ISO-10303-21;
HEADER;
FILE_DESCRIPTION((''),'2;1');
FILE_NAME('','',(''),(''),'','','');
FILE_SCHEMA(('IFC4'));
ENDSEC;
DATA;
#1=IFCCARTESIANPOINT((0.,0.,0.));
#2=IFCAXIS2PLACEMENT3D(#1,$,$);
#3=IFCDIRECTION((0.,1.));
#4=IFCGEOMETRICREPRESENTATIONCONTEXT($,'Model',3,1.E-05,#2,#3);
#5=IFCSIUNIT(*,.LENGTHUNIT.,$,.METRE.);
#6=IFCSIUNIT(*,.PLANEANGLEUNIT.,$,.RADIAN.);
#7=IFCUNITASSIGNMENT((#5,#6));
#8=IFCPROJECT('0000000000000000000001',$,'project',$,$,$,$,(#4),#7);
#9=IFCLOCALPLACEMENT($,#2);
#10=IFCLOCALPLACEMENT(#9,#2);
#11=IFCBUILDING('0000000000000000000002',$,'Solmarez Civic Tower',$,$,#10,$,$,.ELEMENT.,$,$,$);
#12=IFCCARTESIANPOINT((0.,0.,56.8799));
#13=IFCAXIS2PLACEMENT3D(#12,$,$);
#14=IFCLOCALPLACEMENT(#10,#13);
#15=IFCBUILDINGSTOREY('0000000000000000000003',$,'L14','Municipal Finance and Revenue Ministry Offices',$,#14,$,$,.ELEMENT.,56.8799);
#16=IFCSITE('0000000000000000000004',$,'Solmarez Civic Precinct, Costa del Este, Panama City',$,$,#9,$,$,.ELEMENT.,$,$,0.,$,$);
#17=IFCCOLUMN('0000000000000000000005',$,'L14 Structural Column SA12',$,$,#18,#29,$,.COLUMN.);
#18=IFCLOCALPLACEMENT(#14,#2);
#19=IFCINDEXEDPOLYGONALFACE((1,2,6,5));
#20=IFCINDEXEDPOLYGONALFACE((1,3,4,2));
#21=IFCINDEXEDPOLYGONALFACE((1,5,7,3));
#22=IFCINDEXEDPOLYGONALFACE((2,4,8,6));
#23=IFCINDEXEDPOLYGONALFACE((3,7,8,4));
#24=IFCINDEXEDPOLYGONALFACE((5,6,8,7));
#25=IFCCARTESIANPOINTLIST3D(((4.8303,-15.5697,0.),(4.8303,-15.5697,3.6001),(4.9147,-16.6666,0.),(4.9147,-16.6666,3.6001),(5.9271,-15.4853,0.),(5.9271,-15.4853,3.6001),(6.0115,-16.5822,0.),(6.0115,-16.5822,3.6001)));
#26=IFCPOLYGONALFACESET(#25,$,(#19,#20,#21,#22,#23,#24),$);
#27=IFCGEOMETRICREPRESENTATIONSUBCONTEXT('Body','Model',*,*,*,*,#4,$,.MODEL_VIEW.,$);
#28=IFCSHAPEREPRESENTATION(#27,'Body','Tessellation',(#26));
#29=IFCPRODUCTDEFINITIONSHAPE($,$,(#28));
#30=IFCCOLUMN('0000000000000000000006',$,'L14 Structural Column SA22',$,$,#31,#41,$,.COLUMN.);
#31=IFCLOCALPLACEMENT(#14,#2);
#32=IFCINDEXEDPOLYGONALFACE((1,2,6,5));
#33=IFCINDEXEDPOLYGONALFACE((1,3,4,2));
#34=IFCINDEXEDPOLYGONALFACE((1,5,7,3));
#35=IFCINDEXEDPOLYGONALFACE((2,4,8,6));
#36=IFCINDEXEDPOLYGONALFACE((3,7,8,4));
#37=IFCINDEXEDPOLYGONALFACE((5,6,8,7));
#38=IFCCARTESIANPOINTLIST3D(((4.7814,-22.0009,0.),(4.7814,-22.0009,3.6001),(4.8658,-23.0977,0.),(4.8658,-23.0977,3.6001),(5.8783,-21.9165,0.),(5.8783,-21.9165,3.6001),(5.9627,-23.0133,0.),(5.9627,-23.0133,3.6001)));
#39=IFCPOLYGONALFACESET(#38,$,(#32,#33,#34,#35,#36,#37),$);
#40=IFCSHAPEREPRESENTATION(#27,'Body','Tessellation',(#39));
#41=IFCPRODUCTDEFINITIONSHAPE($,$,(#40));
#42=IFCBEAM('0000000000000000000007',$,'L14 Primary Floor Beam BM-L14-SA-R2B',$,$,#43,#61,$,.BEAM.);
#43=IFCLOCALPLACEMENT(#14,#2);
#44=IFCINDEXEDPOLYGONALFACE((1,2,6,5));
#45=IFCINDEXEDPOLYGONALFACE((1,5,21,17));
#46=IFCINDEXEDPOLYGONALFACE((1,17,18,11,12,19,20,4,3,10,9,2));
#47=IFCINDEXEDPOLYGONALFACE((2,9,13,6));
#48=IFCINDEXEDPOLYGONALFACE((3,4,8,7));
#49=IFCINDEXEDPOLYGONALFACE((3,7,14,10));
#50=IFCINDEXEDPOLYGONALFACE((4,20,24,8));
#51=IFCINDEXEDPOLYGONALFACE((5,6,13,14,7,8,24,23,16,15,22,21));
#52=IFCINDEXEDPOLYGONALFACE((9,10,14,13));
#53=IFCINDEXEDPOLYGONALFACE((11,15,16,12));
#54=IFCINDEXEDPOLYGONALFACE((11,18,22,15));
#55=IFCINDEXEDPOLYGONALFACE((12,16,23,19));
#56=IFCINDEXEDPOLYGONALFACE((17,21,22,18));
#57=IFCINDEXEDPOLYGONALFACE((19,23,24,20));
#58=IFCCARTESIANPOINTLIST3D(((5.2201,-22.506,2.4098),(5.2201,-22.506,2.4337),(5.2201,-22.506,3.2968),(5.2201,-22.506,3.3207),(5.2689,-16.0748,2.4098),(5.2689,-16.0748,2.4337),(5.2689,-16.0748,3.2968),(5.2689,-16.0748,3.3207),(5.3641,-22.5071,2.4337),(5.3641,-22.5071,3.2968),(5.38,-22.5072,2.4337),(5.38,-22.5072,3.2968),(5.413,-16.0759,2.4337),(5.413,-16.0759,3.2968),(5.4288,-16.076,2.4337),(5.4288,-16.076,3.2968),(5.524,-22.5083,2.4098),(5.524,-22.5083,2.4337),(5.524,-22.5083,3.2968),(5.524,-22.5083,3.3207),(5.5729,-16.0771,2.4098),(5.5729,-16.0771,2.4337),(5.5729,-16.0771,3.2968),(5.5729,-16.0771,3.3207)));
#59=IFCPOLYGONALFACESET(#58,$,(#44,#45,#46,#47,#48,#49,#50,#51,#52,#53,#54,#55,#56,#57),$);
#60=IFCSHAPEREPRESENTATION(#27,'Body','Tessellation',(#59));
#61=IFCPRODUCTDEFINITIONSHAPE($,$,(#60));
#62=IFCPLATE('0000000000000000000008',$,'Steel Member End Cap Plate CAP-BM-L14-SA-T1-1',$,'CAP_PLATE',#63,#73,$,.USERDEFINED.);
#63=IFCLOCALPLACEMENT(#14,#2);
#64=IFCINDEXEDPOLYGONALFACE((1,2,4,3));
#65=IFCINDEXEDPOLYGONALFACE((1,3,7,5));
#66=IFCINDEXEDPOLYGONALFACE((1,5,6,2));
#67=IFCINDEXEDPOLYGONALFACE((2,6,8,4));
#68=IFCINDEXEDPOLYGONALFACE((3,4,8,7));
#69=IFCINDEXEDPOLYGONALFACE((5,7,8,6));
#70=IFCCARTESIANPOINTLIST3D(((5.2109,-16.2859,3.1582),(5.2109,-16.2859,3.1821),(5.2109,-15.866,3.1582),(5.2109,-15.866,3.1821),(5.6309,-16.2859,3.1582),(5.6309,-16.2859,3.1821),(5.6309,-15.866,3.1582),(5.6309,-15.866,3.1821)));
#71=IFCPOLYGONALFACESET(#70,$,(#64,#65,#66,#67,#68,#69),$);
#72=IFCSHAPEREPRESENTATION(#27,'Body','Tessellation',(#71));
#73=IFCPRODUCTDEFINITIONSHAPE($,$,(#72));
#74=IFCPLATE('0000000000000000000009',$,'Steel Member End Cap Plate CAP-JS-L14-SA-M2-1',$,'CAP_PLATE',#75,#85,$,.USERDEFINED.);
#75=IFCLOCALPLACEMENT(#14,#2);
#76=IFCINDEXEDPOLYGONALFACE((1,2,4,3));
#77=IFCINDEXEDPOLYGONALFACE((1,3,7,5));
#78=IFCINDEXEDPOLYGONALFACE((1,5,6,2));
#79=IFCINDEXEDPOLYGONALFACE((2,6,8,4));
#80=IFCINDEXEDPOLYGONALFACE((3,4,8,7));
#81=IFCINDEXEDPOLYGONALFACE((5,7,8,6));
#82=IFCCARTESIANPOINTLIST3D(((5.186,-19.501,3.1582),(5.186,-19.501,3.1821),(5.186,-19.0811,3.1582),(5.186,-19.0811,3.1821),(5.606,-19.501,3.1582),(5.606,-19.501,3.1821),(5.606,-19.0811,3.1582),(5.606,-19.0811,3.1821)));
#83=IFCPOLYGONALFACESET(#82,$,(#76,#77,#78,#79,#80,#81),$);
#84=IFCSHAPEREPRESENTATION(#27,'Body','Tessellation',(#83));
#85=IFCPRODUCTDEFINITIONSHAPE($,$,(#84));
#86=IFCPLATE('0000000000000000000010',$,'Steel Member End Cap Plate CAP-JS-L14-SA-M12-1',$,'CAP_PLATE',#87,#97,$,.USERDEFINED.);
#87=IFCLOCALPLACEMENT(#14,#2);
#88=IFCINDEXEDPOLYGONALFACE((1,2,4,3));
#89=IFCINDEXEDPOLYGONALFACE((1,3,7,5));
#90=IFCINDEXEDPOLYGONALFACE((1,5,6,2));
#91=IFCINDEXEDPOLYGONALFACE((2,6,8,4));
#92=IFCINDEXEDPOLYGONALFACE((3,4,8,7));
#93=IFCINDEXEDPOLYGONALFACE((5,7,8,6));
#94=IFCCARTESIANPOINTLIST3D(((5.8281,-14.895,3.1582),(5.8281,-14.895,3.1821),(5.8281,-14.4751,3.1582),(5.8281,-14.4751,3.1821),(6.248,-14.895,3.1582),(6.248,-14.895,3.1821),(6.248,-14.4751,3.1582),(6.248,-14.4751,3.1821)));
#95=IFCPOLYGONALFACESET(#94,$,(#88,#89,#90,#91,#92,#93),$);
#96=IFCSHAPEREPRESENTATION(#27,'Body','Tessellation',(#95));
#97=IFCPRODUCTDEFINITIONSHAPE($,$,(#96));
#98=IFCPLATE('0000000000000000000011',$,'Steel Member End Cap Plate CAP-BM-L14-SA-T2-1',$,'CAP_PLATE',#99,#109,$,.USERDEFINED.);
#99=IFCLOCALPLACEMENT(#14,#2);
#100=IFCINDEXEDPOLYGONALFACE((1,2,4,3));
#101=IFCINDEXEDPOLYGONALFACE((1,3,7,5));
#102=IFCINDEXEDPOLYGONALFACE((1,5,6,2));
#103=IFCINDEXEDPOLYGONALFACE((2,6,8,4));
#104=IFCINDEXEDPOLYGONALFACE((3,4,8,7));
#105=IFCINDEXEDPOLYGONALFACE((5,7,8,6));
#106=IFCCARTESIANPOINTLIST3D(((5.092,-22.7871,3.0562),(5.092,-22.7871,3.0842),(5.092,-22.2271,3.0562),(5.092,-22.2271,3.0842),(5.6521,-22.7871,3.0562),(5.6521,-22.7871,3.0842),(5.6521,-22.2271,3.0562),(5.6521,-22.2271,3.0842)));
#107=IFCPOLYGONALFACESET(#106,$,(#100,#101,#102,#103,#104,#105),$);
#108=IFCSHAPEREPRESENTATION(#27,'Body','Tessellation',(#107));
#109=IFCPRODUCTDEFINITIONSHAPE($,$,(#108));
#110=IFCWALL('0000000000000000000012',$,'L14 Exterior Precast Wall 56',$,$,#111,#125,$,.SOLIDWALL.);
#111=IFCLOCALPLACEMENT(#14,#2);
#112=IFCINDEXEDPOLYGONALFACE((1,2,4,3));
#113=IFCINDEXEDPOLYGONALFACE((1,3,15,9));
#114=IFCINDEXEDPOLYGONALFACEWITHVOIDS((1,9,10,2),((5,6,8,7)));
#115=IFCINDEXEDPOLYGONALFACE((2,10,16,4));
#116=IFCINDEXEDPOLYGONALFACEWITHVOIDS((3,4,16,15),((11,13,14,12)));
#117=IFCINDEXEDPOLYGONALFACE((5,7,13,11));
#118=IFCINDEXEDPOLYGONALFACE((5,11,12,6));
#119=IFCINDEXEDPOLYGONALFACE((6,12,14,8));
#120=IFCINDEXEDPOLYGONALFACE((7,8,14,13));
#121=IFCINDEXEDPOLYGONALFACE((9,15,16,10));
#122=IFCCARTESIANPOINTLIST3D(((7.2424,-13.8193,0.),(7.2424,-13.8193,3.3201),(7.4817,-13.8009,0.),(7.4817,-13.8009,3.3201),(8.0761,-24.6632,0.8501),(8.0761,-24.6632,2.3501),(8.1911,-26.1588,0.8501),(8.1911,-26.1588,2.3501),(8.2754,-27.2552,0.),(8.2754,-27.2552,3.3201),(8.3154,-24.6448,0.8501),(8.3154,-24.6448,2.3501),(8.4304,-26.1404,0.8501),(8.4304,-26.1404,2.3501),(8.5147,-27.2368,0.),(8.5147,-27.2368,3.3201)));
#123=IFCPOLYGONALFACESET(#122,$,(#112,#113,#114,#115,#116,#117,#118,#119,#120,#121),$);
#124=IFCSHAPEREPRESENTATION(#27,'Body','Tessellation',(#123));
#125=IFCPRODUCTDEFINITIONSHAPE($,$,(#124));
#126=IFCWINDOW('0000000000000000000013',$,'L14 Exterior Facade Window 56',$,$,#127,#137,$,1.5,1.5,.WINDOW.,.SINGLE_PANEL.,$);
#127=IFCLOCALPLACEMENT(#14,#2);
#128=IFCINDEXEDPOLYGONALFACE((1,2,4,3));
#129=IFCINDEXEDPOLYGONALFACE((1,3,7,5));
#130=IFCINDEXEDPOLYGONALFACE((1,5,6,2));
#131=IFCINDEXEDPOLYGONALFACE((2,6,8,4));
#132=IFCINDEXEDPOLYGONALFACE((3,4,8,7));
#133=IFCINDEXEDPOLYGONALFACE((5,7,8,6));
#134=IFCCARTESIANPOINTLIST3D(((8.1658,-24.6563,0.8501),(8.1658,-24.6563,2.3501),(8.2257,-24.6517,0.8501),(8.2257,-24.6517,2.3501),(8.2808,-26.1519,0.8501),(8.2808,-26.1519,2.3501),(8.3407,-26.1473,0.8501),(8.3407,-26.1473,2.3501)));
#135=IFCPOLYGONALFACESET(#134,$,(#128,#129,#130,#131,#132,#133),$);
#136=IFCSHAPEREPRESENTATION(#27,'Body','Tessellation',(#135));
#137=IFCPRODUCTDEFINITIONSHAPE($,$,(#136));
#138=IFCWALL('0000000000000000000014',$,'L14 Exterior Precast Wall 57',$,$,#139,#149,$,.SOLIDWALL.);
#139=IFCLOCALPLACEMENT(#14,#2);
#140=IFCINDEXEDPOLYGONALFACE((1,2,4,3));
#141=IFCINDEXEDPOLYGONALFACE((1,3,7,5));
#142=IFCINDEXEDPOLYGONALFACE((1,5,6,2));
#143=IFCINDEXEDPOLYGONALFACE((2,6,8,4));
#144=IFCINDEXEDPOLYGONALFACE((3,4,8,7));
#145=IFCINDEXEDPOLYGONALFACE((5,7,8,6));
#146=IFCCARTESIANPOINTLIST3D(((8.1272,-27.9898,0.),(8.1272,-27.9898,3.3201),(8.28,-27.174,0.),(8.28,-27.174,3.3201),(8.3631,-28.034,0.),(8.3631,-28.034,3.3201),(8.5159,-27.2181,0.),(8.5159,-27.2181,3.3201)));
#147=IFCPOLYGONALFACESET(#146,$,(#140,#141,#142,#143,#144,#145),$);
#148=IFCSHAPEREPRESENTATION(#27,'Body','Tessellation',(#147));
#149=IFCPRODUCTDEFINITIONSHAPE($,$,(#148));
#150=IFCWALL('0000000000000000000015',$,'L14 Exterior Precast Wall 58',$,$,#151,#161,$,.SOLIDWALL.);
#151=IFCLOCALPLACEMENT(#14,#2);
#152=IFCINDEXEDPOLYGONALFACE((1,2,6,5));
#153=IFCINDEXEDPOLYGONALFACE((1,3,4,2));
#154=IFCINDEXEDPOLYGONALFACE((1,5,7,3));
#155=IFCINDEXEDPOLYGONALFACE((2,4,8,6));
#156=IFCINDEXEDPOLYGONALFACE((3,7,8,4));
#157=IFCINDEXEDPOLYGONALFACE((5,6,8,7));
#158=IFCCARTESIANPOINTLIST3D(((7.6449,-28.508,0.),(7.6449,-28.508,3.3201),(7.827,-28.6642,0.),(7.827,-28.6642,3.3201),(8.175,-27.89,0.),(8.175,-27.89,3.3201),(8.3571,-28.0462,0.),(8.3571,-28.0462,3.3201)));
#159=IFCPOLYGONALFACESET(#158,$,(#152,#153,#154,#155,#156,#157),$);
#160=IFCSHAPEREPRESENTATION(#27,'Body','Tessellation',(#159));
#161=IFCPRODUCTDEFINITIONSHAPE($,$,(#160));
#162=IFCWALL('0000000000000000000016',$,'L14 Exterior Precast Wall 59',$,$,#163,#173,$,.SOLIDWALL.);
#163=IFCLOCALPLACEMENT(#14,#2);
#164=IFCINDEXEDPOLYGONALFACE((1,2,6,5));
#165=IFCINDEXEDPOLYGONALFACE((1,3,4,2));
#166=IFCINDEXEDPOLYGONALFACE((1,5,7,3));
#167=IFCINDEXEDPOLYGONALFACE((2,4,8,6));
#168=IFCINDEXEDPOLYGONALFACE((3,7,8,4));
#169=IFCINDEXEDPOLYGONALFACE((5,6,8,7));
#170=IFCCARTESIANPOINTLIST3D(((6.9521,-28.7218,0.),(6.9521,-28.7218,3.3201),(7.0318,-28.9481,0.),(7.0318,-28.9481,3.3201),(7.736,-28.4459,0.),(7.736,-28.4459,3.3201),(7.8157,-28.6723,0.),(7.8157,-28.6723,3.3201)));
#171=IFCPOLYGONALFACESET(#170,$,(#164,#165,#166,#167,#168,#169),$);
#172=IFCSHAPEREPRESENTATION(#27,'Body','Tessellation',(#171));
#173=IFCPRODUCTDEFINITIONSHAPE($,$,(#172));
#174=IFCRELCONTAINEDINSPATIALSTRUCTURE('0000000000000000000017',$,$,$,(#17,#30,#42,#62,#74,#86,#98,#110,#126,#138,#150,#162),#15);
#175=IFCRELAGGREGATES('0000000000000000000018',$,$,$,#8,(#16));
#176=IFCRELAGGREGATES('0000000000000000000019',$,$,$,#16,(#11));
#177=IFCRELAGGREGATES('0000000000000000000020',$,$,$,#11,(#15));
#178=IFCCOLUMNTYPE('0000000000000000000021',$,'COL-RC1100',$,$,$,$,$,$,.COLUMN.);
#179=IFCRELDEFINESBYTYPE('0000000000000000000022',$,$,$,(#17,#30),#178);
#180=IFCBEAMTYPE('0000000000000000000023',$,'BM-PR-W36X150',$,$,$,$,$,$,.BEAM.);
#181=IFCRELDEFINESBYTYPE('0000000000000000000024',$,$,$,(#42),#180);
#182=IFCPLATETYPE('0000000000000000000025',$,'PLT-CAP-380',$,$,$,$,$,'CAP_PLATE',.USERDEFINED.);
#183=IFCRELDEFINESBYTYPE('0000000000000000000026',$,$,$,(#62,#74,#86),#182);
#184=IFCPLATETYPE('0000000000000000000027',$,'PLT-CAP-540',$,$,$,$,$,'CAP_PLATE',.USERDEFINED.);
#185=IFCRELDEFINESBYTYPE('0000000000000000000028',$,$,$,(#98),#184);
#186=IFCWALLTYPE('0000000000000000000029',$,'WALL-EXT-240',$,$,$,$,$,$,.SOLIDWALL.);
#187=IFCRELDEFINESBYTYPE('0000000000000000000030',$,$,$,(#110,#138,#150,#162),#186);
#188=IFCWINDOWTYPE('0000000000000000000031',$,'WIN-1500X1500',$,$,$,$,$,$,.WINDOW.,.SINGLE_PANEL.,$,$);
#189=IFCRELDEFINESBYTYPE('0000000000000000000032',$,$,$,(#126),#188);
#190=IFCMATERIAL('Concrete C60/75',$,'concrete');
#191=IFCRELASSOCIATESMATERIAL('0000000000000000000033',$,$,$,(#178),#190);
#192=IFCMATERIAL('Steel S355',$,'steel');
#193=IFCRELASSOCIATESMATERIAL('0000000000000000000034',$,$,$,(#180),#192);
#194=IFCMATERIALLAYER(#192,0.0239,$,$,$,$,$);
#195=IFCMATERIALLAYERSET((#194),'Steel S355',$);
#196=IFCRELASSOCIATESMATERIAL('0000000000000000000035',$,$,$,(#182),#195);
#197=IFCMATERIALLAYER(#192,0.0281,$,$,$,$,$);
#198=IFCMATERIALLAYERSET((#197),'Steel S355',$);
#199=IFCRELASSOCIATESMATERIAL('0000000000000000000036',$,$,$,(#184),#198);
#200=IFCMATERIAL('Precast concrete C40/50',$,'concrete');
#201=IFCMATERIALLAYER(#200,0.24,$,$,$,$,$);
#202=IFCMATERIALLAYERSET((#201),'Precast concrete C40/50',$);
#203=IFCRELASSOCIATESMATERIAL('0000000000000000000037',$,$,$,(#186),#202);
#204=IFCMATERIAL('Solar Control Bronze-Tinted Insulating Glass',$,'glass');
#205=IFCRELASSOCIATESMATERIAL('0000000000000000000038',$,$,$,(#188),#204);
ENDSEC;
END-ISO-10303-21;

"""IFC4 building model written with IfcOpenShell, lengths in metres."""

from ifc_helpers import new_model, si_unit, direction, frame, frame_2d, origin, origin_2d, place, context, subcontext, project, spatial, rectangle, i_section, extrude, material, layer, layer_set, material_profile, profile_set, type_object, element, fill, save


model = new_model("IFC4")

# Units and contexts
model_context = context("Model", 3, precision=1e-05, world=origin(), true_north=direction((0.0, 1.0)))
body_context = subcontext(model_context, "Body", "Model", "MODEL_VIEW")
ifc_project = project(units=[si_unit("LENGTHUNIT", "METRE"), si_unit("PLANEANGLEUNIT", "RADIAN")], contexts=[model_context])

# Site, building, storey
site_placement = place(None, origin())
site = spatial("IfcSite", under=ifc_project, at=site_placement, Name="Solmarez Civic Precinct, Costa del Este, Panama City", CompositionType="ELEMENT", RefElevation=0.0)
building_placement = place(site_placement, origin())
building = spatial("IfcBuilding", under=site, at=building_placement, Name="Solmarez Civic Tower", CompositionType="ELEMENT")
storey_placement = place(building_placement, frame((0.0, 0.0, 56.8799)))
storey = spatial("IfcBuildingStorey", under=building, at=storey_placement, Name="L14", Description="Municipal Finance and Revenue Ministry Offices", CompositionType="ELEMENT", Elevation=56.8799)

# Columns
ifc_material_1 = material(Name="Concrete C60/75", Category="concrete")
ifc_material_profile_1 = material_profile(ifc_material_1, rectangle(XDim=1.1001, YDim=1.1001, at=origin_2d()), Name="RC1100X1100")
ifc_profile_set_1 = profile_set([ifc_material_profile_1], Name="Concrete C60/75")
column_type = type_object("IfcColumnType", Name="COL-RC1100", PredefinedType="COLUMN", material=ifc_profile_set_1)
for number, where, z_axis, x_axis, name in (
    (1, (5.4209, -16.0759, 0.0), (0.0, 0.0, 1.0), (0.997053, 0.076719, 0.0), "L14 Structural Column SA12"),
    (2, (5.3721, -22.5071, 0.0), (0.0, 0.0, 1.0), (0.997053, 0.076719, 0.0), "L14 Structural Column SA22"),
):
    element("IfcColumn", number, at=place(storey_placement, frame(where, z_axis=z_axis, x_axis=x_axis)), inside=storey, type_object=column_type, Name=name, PredefinedType="COLUMN", context=body_context, shape_type="SweptSolid", body=[
        extrude(rectangle(XDim=1.1001, YDim=1.1001, at=origin_2d()), origin(), (0.0, 0.0, 1.0), 3.6001),
    ])

# Beam
ifc_material_2 = material(Name="Steel S355", Category="steel")
ifc_material_profile_2 = material_profile(ifc_material_2, i_section(OverallWidth=0.304, OverallDepth=0.9109, WebThickness=0.0159, FlangeThickness=0.0239, at=origin_2d()), Name="W36X150")
ifc_profile_set_2 = profile_set([ifc_material_profile_2], Name="Steel S355")
beam_type = type_object("IfcBeamType", Name="BM-PR-W36X150", PredefinedType="BEAM", material=ifc_profile_set_2)
beam_placement = place(storey_placement, frame((5.4209, -16.0759, 2.8652), z_axis=(-0.007592, -0.999971, 0.0), x_axis=(0.999971, -0.007592, 0.0)))
element("IfcBeam", 3, at=beam_placement, inside=storey, type_object=beam_type, Name="L14 Primary Floor Beam BM-L14-SA-R2B", PredefinedType="BEAM", context=body_context, shape_type="SweptSolid", body=[
    extrude(i_section(OverallWidth=0.304, OverallDepth=0.9109, WebThickness=0.0159, FlangeThickness=0.0239, at=origin_2d()), origin(), (0.0, 0.0, 1.0), 6.4314),
])

# Plates
ifc_layer_1 = layer(ifc_material_2, 0.0239)
ifc_layer_set_1 = layer_set([ifc_layer_1], Name="Steel S355")
plate_type_1 = type_object("IfcPlateType", Name="PLT-CAP-380", ElementType="CAP_PLATE", PredefinedType="USERDEFINED", material=ifc_layer_set_1)
for number, where, z_axis, x_axis, name in (
    (4, (5.4209, -16.0759, 3.1582), (0.0, 0.0, 1.0), (1.0, 0.0, 0.0), "Steel Member End Cap Plate CAP-BM-L14-SA-T1-1"),
    (5, (5.396, -19.291, 3.1582), (0.0, 0.0, 1.0), (1.0, 0.0, 0.0), "Steel Member End Cap Plate CAP-JS-L14-SA-M2-1"),
    (6, (6.0381, -14.6851, 3.1582), (0.0, 0.0, 1.0), (1.0, 0.0, 0.0), "Steel Member End Cap Plate CAP-JS-L14-SA-M12-1"),
):
    element("IfcPlate", number, at=place(storey_placement, frame(where, z_axis=z_axis, x_axis=x_axis)), inside=storey, type_object=plate_type_1, Name=name, ObjectType="CAP_PLATE", PredefinedType="USERDEFINED", context=body_context, shape_type="SweptSolid", body=[
        extrude(rectangle(XDim=0.4199, YDim=0.4199, at=origin_2d()), origin(), (0.0, 0.0, 1.0), 0.0239),
    ])
ifc_layer_2 = layer(ifc_material_2, 0.0281)
ifc_layer_set_2 = layer_set([ifc_layer_2], Name="Steel S355")
plate_type_2 = type_object("IfcPlateType", Name="PLT-CAP-540", ElementType="CAP_PLATE", PredefinedType="USERDEFINED", material=ifc_layer_set_2)
plate_placement = place(storey_placement, frame((5.3721, -22.5071, 3.0562), z_axis=(0.0, 0.0, 1.0), x_axis=(1.0, 0.0, 0.0)))
element("IfcPlate", 7, at=plate_placement, inside=storey, type_object=plate_type_2, Name="Steel Member End Cap Plate CAP-BM-L14-SA-T2-1", ObjectType="CAP_PLATE", PredefinedType="USERDEFINED", context=body_context, shape_type="SweptSolid", body=[
    extrude(rectangle(XDim=0.5601, YDim=0.5601, at=origin_2d()), origin(), (0.0, 0.0, 1.0), 0.0281),
])

# Wall, opening, window
ifc_material_3 = material(Name="Precast concrete C40/50", Category="concrete")
ifc_layer_3 = layer(ifc_material_3, 0.24)
ifc_layer_set_3 = layer_set([ifc_layer_3], Name="Precast concrete C40/50")
wall_type_1 = type_object("IfcWallType", Name="WALL-EXT-240", PredefinedType="SOLIDWALL", material=ifc_layer_set_3)
wall_1_placement = place(storey_placement, frame((7.3621, -13.8101, 0.0), z_axis=(0.0, 0.0, 1.0), x_axis=(0.076654, -0.997058, 0.0)))
wall_1 = element("IfcWall", 8, at=wall_1_placement, inside=storey, type_object=wall_type_1, Name="L14 Exterior Precast Wall 56", PredefinedType="SOLIDWALL", context=body_context, shape_type="SweptSolid", body=[
    extrude(rectangle(XDim=13.4756, YDim=0.24, at=frame_2d((6.7378, 0.0))), origin(), (0.0, 0.0, 1.0), 3.3201),
])
opening_1_placement = place(wall_1_placement, frame((10.876, 0.0, 0.8501)))
opening_1 = element("IfcOpeningElement", 9, at=opening_1_placement, cuts=wall_1, PredefinedType="OPENING", context=body_context, shape_type="SweptSolid", body=[
    extrude(rectangle(XDim=1.5, YDim=1.5, at=frame_2d((0.75, 0.75))), frame((0.0, 0.1299, 0.0), z_axis=(0.0, -1.0, 0.0), x_axis=(1.0, 0.0, 0.0)), (0.0, 0.0, 1.0), 0.26),
])
ifc_material_4 = material(Name="Solar Control Bronze-Tinted Insulating Glass", Category="glass")
window_type_1 = type_object("IfcWindowType", Name="WIN-1500X1500", PartitioningType="SINGLE_PANEL", PredefinedType="WINDOW", material=ifc_material_4)
window_1_placement = place(opening_1_placement, origin())
window_1 = element("IfcWindow", 10, at=window_1_placement, inside=storey, type_object=window_type_1, Name="L14 Exterior Facade Window 56", OverallHeight=1.5, OverallWidth=1.5, PartitioningType="SINGLE_PANEL", PredefinedType="WINDOW", context=body_context, shape_type="SweptSolid", body=[
    extrude(rectangle(XDim=1.5, YDim=1.5, at=frame_2d((0.75, 0.75))), frame((0.0, 0.03, 0.0), z_axis=(0.0, -1.0, 0.0), x_axis=(1.0, 0.0, 0.0)), (0.0, 0.0, 1.0), 0.0601),
])
fill(opening_1, window_1)

# Walls
wall_2_placement = place(storey_placement, frame((8.3979, -27.196, 0.0), z_axis=(0.0, 0.0, 1.0), x_axis=(-0.184111, -0.982905, 0.0)))
element("IfcWall", 11, at=wall_2_placement, inside=storey, type_object=wall_type_1, Name="L14 Exterior Precast Wall 57", PredefinedType="SOLIDWALL", context=body_context, shape_type="SweptSolid", body=[
    extrude(rectangle(XDim=0.8301, YDim=0.24, at=frame_2d((0.415, 0.0))), origin(), (0.0, 0.0, 1.0), 3.3201),
])
wall_3_placement = place(storey_placement, frame((8.2661, -27.968, 0.0), z_axis=(0.0, 0.0, 1.0), x_axis=(-0.651063, -0.759024, 0.0)))
element("IfcWall", 12, at=wall_3_placement, inside=storey, type_object=wall_type_1, Name="L14 Exterior Precast Wall 58", PredefinedType="SOLIDWALL", context=body_context, shape_type="SweptSolid", body=[
    extrude(rectangle(XDim=0.8142, YDim=0.24, at=frame_2d((0.4072, 0.0))), origin(), (0.0, 0.0, 1.0), 3.3201),
])
wall_4_placement = place(storey_placement, frame((7.7759, -28.5591, 0.0), z_axis=(0.0, 0.0, 1.0), x_axis=(-0.943294, -0.331959, 0.0)))
element("IfcWall", 13, at=wall_4_placement, inside=storey, type_object=wall_type_1, Name="L14 Exterior Precast Wall 59", PredefinedType="SOLIDWALL", context=body_context, shape_type="SweptSolid", body=[
    extrude(rectangle(XDim=0.8311, YDim=0.24, at=frame_2d((0.4155, 0.0))), origin(), (0.0, 0.0, 1.0), 3.3201),
])

save(model, "model.ifc")
